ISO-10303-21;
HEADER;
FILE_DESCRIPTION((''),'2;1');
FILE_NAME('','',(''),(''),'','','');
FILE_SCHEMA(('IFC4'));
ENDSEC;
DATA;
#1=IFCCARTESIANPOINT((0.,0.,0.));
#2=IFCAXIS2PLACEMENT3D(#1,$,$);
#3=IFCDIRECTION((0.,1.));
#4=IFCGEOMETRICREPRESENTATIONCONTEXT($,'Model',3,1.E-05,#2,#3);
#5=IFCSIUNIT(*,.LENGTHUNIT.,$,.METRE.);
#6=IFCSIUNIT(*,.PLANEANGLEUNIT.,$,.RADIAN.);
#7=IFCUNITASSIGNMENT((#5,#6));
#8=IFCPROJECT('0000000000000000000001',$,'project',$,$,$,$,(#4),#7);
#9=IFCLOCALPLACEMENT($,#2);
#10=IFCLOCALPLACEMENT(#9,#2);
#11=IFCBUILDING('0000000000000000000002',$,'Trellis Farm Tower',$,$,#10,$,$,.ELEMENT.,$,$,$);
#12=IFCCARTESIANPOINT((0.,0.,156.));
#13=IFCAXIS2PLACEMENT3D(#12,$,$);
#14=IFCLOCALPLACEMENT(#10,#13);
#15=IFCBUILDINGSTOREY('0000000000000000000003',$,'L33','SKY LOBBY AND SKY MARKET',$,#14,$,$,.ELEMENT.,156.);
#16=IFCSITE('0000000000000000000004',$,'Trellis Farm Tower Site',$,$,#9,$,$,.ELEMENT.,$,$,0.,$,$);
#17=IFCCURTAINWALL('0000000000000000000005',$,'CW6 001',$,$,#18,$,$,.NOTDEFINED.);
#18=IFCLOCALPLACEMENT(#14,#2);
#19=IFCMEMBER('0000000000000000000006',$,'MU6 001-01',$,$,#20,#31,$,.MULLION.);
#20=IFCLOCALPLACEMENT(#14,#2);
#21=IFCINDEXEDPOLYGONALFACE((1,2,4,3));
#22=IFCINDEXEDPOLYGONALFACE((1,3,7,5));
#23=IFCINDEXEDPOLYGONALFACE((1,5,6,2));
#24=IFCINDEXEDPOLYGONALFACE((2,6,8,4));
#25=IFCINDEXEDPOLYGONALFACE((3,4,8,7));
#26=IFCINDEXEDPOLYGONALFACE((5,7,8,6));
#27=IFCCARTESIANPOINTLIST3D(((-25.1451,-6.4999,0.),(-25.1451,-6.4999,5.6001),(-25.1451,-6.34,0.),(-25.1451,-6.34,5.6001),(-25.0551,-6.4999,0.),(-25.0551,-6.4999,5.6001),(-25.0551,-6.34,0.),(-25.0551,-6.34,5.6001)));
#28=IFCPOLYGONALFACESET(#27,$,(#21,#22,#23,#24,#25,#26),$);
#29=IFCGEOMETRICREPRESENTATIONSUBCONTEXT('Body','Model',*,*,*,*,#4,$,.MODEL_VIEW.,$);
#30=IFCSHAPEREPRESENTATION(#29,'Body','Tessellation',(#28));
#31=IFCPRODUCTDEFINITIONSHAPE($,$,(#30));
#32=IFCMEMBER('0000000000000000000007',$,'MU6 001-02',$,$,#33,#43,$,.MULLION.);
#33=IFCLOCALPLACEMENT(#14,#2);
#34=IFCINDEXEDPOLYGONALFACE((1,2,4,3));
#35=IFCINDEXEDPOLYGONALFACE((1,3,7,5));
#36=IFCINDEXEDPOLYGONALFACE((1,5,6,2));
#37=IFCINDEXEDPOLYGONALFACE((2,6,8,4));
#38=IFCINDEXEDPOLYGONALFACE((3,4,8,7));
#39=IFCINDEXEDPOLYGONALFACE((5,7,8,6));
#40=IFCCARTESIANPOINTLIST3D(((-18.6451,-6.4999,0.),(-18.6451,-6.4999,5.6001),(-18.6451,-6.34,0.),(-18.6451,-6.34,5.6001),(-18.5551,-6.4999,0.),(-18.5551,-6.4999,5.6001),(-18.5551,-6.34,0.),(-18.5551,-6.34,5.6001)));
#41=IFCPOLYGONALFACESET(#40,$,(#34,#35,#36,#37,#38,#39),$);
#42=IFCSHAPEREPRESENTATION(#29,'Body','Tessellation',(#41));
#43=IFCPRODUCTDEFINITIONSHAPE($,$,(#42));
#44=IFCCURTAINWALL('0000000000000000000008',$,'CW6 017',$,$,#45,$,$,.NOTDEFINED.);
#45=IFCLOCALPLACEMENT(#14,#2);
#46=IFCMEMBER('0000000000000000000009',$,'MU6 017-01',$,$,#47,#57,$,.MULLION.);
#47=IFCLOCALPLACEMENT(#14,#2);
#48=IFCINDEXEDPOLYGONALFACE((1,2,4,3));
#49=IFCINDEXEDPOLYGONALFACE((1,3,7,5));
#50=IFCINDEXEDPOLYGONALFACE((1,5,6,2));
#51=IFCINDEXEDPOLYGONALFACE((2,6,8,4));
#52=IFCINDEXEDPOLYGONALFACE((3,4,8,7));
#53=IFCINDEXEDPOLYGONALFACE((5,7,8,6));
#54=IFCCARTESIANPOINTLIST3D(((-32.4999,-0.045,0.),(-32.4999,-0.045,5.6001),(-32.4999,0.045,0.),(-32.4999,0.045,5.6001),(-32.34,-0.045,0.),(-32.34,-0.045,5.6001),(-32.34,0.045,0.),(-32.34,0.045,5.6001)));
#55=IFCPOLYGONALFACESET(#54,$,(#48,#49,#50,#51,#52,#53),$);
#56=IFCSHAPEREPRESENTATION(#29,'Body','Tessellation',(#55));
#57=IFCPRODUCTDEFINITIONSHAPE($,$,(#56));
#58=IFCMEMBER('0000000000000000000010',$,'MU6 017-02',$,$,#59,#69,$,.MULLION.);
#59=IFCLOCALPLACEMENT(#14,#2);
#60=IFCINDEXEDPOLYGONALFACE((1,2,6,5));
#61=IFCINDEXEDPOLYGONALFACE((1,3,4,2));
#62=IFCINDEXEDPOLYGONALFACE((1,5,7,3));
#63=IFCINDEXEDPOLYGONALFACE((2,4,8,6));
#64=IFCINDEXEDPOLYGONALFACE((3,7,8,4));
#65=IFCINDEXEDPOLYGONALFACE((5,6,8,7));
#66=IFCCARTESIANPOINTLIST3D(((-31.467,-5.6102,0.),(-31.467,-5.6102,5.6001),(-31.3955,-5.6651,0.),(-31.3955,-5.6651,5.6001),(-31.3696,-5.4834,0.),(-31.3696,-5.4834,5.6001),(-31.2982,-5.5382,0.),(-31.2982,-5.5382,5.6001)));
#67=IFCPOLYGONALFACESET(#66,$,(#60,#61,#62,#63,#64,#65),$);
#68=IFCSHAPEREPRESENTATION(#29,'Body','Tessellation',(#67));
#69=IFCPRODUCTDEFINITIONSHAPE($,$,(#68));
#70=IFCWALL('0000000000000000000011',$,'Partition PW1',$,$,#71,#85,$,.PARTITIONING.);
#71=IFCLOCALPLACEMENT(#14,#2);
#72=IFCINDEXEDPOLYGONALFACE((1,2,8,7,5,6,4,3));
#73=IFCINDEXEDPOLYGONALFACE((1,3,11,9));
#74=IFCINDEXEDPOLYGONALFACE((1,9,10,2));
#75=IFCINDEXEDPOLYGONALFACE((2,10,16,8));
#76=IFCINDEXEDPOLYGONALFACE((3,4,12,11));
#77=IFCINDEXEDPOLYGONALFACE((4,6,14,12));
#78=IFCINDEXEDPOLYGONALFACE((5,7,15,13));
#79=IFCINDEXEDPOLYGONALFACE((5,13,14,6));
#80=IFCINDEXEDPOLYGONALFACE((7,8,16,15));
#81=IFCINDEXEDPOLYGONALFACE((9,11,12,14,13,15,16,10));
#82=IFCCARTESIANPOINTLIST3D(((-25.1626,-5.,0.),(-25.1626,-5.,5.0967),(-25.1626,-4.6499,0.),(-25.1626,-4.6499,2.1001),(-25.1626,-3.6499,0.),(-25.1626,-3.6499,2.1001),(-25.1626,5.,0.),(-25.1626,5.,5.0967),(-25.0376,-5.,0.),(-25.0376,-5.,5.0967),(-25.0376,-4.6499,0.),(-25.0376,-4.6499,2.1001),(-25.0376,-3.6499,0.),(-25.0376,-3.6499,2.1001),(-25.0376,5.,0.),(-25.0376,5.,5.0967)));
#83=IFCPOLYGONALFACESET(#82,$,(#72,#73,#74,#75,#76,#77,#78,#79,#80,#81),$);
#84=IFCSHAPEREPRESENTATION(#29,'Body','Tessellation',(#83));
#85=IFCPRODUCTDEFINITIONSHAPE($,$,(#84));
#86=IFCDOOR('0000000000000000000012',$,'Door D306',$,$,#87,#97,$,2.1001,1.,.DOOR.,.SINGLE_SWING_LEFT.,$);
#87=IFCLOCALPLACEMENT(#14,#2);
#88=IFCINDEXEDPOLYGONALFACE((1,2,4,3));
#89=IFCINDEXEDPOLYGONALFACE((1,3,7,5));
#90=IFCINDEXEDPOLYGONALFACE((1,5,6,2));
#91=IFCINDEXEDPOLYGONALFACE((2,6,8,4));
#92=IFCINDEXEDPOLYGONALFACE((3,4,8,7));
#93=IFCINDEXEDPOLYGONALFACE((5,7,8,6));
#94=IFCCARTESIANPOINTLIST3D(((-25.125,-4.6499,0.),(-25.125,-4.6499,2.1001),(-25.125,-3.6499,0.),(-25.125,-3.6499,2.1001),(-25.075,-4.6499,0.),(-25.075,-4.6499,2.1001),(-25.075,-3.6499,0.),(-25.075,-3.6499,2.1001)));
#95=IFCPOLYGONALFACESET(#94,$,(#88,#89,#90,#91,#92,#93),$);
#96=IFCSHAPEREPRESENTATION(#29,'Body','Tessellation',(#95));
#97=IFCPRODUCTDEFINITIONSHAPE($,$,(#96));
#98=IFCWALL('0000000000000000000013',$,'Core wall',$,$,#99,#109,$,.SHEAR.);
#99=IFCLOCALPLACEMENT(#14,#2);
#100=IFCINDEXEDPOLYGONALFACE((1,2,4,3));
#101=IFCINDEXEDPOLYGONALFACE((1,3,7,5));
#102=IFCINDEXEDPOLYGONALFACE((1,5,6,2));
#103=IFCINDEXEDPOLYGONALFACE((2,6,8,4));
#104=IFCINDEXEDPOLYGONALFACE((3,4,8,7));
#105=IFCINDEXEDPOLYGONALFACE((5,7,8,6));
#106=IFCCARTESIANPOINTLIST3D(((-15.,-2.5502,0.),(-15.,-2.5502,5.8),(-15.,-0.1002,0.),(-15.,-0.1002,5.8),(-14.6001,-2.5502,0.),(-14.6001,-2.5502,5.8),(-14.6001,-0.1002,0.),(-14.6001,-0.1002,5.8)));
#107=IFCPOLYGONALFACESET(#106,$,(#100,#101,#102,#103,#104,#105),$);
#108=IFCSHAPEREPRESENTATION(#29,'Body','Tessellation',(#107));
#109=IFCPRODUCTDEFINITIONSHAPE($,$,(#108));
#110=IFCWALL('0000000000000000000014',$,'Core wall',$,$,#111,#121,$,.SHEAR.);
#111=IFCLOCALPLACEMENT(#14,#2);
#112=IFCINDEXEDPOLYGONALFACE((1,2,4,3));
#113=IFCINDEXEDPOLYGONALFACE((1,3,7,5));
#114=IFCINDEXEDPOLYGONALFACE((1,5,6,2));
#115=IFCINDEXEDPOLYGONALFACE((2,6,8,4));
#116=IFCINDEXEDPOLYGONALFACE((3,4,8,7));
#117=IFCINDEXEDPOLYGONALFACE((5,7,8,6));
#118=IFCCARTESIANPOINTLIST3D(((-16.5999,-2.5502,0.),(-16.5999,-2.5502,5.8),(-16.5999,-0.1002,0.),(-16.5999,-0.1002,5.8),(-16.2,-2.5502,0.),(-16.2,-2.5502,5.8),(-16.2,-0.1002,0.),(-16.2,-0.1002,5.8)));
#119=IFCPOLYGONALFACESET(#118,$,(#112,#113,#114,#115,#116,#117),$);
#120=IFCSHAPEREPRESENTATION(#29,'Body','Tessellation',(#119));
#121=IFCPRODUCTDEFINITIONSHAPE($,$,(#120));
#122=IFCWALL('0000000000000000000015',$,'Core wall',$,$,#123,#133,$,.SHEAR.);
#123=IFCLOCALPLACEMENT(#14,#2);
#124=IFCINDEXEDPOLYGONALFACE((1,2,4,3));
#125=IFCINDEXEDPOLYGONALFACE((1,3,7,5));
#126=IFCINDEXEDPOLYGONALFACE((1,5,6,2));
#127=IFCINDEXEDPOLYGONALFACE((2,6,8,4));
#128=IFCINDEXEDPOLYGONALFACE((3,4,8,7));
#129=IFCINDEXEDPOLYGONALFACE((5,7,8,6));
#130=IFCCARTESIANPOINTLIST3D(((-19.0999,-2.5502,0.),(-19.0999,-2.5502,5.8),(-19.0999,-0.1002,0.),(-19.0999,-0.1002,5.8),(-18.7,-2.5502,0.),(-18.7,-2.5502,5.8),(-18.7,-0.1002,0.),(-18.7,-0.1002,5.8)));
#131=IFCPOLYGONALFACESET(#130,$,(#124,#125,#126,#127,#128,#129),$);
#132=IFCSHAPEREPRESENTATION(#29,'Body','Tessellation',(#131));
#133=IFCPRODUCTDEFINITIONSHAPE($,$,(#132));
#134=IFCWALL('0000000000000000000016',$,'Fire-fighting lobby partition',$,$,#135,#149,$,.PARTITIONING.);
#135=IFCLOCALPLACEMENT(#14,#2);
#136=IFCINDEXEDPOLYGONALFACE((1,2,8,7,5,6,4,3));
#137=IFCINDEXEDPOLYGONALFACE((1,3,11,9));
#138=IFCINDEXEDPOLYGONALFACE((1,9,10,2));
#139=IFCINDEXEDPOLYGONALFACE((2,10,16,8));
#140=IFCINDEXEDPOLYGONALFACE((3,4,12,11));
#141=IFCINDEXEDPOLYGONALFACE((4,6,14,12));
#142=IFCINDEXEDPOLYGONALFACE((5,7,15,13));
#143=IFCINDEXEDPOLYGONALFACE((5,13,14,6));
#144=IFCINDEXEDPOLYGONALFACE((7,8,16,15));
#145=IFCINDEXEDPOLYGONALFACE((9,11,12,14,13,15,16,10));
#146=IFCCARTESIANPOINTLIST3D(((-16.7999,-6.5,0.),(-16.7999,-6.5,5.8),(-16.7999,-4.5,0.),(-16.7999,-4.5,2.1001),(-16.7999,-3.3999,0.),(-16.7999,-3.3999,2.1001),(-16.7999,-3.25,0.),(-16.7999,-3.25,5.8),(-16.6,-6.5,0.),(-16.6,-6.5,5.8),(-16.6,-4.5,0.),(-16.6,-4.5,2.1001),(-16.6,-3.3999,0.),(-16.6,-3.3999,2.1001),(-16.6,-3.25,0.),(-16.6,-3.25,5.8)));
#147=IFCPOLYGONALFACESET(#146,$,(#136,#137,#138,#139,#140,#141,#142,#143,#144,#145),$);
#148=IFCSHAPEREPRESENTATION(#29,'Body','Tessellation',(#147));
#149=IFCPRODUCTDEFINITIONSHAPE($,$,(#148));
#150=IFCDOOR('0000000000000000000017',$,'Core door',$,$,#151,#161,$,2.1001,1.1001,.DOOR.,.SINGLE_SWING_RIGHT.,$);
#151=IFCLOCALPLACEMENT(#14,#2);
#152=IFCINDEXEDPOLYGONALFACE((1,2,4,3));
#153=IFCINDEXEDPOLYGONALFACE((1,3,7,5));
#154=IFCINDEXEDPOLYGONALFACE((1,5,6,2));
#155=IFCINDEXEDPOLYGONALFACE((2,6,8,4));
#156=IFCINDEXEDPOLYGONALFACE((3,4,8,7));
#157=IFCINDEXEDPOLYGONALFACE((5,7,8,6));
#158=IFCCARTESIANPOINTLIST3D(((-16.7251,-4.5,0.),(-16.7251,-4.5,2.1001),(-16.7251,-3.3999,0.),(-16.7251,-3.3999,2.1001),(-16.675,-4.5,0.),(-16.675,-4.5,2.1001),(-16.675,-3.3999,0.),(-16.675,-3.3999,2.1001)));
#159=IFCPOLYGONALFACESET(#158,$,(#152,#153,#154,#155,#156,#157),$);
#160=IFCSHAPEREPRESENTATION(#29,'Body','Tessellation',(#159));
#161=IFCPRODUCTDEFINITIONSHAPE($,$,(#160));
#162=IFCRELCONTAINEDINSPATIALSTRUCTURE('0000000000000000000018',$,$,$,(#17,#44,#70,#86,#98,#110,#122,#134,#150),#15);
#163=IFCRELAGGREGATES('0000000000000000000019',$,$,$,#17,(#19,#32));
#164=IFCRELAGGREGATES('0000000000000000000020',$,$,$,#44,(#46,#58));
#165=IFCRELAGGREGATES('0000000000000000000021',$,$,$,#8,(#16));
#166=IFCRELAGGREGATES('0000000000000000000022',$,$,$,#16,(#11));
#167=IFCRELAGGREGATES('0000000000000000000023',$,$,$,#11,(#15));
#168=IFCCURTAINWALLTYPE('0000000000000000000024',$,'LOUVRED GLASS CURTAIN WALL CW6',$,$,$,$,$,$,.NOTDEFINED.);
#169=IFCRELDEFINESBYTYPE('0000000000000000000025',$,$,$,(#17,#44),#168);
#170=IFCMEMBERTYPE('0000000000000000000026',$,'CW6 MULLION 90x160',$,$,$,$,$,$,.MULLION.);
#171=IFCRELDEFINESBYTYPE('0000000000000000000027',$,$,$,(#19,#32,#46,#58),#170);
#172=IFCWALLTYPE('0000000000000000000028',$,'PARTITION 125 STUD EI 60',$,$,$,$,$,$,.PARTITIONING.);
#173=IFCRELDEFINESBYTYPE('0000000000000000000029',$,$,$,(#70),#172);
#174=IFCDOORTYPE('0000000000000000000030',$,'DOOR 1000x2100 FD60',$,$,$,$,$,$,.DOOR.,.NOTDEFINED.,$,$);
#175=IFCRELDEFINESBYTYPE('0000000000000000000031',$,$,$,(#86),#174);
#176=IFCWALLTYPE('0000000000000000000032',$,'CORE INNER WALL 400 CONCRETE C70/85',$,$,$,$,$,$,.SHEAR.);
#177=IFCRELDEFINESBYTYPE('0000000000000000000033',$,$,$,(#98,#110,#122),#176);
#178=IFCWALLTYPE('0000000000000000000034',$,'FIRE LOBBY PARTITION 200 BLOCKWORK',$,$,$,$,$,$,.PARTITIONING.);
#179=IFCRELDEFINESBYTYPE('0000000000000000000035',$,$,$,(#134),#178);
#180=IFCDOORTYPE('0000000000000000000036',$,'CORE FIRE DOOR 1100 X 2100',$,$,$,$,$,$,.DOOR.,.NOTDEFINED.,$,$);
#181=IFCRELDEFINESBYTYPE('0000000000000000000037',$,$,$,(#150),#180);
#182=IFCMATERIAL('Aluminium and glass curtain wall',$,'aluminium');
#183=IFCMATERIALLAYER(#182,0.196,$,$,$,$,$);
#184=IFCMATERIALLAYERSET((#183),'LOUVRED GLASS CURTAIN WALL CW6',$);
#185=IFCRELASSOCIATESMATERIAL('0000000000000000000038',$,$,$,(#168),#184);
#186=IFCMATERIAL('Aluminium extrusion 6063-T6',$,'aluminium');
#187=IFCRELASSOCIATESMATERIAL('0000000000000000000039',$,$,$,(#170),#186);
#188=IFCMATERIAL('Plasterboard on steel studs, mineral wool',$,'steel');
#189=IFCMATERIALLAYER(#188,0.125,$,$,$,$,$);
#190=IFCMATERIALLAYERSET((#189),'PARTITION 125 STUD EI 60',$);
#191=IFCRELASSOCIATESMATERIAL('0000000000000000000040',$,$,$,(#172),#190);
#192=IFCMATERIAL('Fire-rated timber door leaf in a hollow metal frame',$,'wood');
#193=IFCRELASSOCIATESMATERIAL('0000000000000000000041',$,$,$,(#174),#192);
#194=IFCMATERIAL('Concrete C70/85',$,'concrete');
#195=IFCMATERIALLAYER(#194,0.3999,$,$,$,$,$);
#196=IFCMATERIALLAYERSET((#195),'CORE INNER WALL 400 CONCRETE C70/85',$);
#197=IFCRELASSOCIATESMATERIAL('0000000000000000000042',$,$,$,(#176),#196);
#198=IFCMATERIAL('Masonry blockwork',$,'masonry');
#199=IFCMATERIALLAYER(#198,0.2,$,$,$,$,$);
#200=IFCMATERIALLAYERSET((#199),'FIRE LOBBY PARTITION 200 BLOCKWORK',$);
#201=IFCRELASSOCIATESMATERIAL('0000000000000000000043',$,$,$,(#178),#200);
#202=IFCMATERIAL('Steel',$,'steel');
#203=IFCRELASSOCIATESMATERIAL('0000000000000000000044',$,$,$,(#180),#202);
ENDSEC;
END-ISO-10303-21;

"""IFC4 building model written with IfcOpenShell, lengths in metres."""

from ifc_helpers import new_model, si_unit, direction, frame, frame_2d, origin, origin_2d, place, context, subcontext, project, spatial, rectangle, extrude, source, transform, mapped, material, layer, layer_set, material_profile, profile_set, type_object, element, fill, aggregate, save


model = new_model("IFC4")

# Units and contexts
model_context = context("Model", 3, precision=1e-05, world=origin(), true_north=direction((0.0, 1.0)))
body_context = subcontext(model_context, "Body", "Model", "MODEL_VIEW")
ifc_project = project(units=[si_unit("LENGTHUNIT", "METRE"), si_unit("PLANEANGLEUNIT", "RADIAN")], contexts=[model_context])

# Site, building, storey
site_placement = place(None, origin())
site = spatial("IfcSite", under=ifc_project, at=site_placement, Name="Trellis Farm Tower Site", CompositionType="ELEMENT", RefElevation=0.0)
building_placement = place(site_placement, origin())
building = spatial("IfcBuilding", under=site, at=building_placement, Name="Trellis Farm Tower", CompositionType="ELEMENT")
storey_placement = place(building_placement, frame((0.0, 0.0, 156.0)))
storey = spatial("IfcBuildingStorey", under=building, at=storey_placement, Name="L33", Description="SKY LOBBY AND SKY MARKET", CompositionType="ELEMENT", Elevation=156.0)

# Shared definitions
ifc_material_1 = material(Name="Concrete C70/85", Category="concrete")

# Curtain walls, members
ifc_material_2 = material(Name="Aluminium and glass curtain wall", Category="aluminium")
ifc_layer_1 = layer(ifc_material_2, 0.196)
ifc_layer_set_1 = layer_set([ifc_layer_1], Name="LOUVRED GLASS CURTAIN WALL CW6")
curtain_wall_type = type_object("IfcCurtainWallType", Name="LOUVRED GLASS CURTAIN WALL CW6", PredefinedType="NOTDEFINED", material=ifc_layer_set_1)
placement = place(storey_placement, origin())
curtain_wall_1 = element("IfcCurtainWall", 1, at=placement, inside=storey, type_object=curtain_wall_type, Name="CW6 001", PredefinedType="NOTDEFINED")
ifc_material_3 = material(Name="Aluminium extrusion 6063-T6", Category="aluminium")
ifc_material_profile_1 = material_profile(ifc_material_3, rectangle(XDim=0.0901, YDim=0.1599, at=origin_2d()), Name="MULLION 90x160")
ifc_profile_set_1 = profile_set([ifc_material_profile_1], Name="Aluminium extrusion 6063-T6")
member_type = type_object("IfcMemberType", Name="CW6 MULLION 90x160", PredefinedType="MULLION", material=ifc_profile_set_1)
shared_shape_1 = source(origin(), body_context, "Body", "SweptSolid", [
    extrude(rectangle(XDim=0.0901, YDim=0.1599, at=origin_2d()), origin(), (0.0, 0.0, 1.0), 5.6001),
])
member_1_placement = place(storey_placement, frame((-25.1001, -6.4199, 0.0), z_axis=(0.0, 0.0, 1.0), x_axis=(1.0, 0.0, 0.0)))
member_1 = element("IfcMember", 2, at=member_1_placement, type_object=member_type, Name="MU6 001-01", PredefinedType="MULLION", context=body_context, shape_type="MappedRepresentation", body=[
    mapped(shared_shape_1, transform((0.0, 0.0, 0.0))),
])
member_2_placement = place(storey_placement, frame((-18.6001, -6.4199, 0.0), z_axis=(0.0, 0.0, 1.0), x_axis=(1.0, 0.0, 0.0)))
member_2 = element("IfcMember", 3, at=member_2_placement, type_object=member_type, Name="MU6 001-02", PredefinedType="MULLION", context=body_context, shape_type="MappedRepresentation", body=[
    mapped(shared_shape_1, transform((0.0, 0.0, 0.0))),
])
aggregate(curtain_wall_1, [member_1, member_2])
curtain_wall_2 = element("IfcCurtainWall", 4, at=placement, inside=storey, type_object=curtain_wall_type, Name="CW6 017", PredefinedType="NOTDEFINED")
member_3_placement = place(storey_placement, frame((-32.4199, 0.0, 0.0), z_axis=(0.0, 0.0, 1.0), x_axis=(0.0, -1.0, 0.0)))
member_3 = element("IfcMember", 5, at=member_3_placement, type_object=member_type, Name="MU6 017-01", PredefinedType="MULLION", context=body_context, shape_type="MappedRepresentation", body=[
    mapped(shared_shape_1, transform((0.0, 0.0, 0.0))),
])
member_4_placement = place(storey_placement, frame((-31.3826, -5.5742, 0.0), z_axis=(0.0, 0.0, 1.0), x_axis=(0.793353, -0.608761, 0.0)))
member_4 = element("IfcMember", 6, at=member_4_placement, type_object=member_type, Name="MU6 017-02", PredefinedType="MULLION", context=body_context, shape_type="MappedRepresentation", body=[
    mapped(shared_shape_1, transform((0.0, 0.0, 0.0))),
])
aggregate(curtain_wall_2, [member_3, member_4])

# Wall, opening, door
ifc_material_4 = material(Name="Plasterboard on steel studs, mineral wool", Category="steel")
ifc_layer_2 = layer(ifc_material_4, 0.125)
ifc_layer_set_2 = layer_set([ifc_layer_2], Name="PARTITION 125 STUD EI 60")
wall_type_1 = type_object("IfcWallType", Name="PARTITION 125 STUD EI 60", PredefinedType="PARTITIONING", material=ifc_layer_set_2)
wall_1_placement = place(storey_placement, frame((-25.1001, -5.0, 0.0), z_axis=(0.0, 0.0, 1.0), x_axis=(0.0, 1.0, 0.0)))
wall_1 = element("IfcWall", 7, at=wall_1_placement, inside=storey, type_object=wall_type_1, Name="Partition PW1", PredefinedType="PARTITIONING", context=body_context, shape_type="SweptSolid", body=[
    extrude(rectangle(XDim=10.0, YDim=0.125, at=frame_2d((5.0, 0.0))), origin(), (0.0, 0.0, 1.0), 5.0967),
])
shared_shape_2 = source(origin(), body_context, "Body", "SweptSolid", [
    extrude(rectangle(XDim=1.0, YDim=2.1001, at=frame_2d((0.5, 1.05))), frame((0.0, 0.0725, 0.0), z_axis=(0.0, -1.0, 0.0), x_axis=(1.0, 0.0, 0.0)), (0.0, 0.0, 1.0), 0.145),
])
opening_1_placement = place(wall_1_placement, frame((0.3501, 0.0, 0.0)))
opening_1 = element("IfcOpeningElement", 8, at=opening_1_placement, cuts=wall_1, PredefinedType="OPENING", context=body_context, shape_type="MappedRepresentation", body=[
    mapped(shared_shape_2, transform((0.0, 0.0, 0.0))),
])
ifc_material_5 = material(Name="Fire-rated timber door leaf in a hollow metal frame", Category="wood")
door_type_1 = type_object("IfcDoorType", Name="DOOR 1000x2100 FD60", OperationType="NOTDEFINED", PredefinedType="DOOR", material=ifc_material_5)
shared_shape_3 = source(origin(), body_context, "Body", "SweptSolid", [
    extrude(rectangle(XDim=1.0, YDim=2.1001, at=frame_2d((0.5, 1.05))), frame((0.0, 0.0249, 0.0), z_axis=(0.0, -1.0, 0.0), x_axis=(1.0, 0.0, 0.0)), (0.0, 0.0, 1.0), 0.05),
])
door_1_placement = place(opening_1_placement, origin())
door_1 = element("IfcDoor", 9, at=door_1_placement, inside=storey, type_object=door_type_1, Name="Door D306", OperationType="SINGLE_SWING_LEFT", OverallHeight=2.1001, OverallWidth=1.0, PredefinedType="DOOR", context=body_context, shape_type="MappedRepresentation", body=[
    mapped(shared_shape_3, transform((0.0, 0.0, 0.0))),
])
fill(opening_1, door_1)

# Walls
ifc_layer_3 = layer(ifc_material_1, 0.3999)
ifc_layer_set_3 = layer_set([ifc_layer_3], Name="CORE INNER WALL 400 CONCRETE C70/85")
wall_type_2 = type_object("IfcWallType", Name="CORE INNER WALL 400 CONCRETE C70/85", PredefinedType="SHEAR", material=ifc_layer_set_3)
shared_shape_4 = source(origin(), body_context, "Body", "SweptSolid", [
    extrude(rectangle(XDim=2.45, YDim=0.3999, at=frame_2d((1.2251, 0.0))), origin(), (0.0, 0.0, 1.0), 5.8),
])
for number, where, z_axis, x_axis, name in (
    (10, (-14.8, -0.1001, 0.0), (0.0, 0.0, 1.0), (0.0, -1.0, 0.0), "Core wall"),
    (11, (-16.3999, -0.1001, 0.0), (0.0, 0.0, 1.0), (0.0, -1.0, 0.0), "Core wall"),
    (12, (-18.8999, -0.1001, 0.0), (0.0, 0.0, 1.0), (0.0, -1.0, 0.0), "Core wall"),
):
    element("IfcWall", number, at=place(storey_placement, frame(where, z_axis=z_axis, x_axis=x_axis)), inside=storey, type_object=wall_type_2, Name=name, PredefinedType="SHEAR", context=body_context, shape_type="MappedRepresentation", body=[
        mapped(shared_shape_4, transform((0.0, 0.0, 0.0))),
    ])

# Wall, opening, door
ifc_material_6 = material(Name="Masonry blockwork", Category="masonry")
ifc_layer_4 = layer(ifc_material_6, 0.2)
ifc_layer_set_4 = layer_set([ifc_layer_4], Name="FIRE LOBBY PARTITION 200 BLOCKWORK")
wall_type_3 = type_object("IfcWallType", Name="FIRE LOBBY PARTITION 200 BLOCKWORK", PredefinedType="PARTITIONING", material=ifc_layer_set_4)
shared_shape_5 = source(origin(), body_context, "Body", "SweptSolid", [
    extrude(rectangle(XDim=3.25, YDim=0.2, at=frame_2d((1.625, 0.0))), origin(), (0.0, 0.0, 1.0), 5.8),
])
wall_2_placement = place(storey_placement, frame((-16.7, -3.25, 0.0), z_axis=(0.0, 0.0, 1.0), x_axis=(0.0, -1.0, 0.0)))
wall_2 = element("IfcWall", 13, at=wall_2_placement, inside=storey, type_object=wall_type_3, Name="Fire-fighting lobby partition", PredefinedType="PARTITIONING", context=body_context, shape_type="MappedRepresentation", body=[
    mapped(shared_shape_5, transform((0.0, 0.0, 0.0))),
])
shared_shape_6 = source(origin(), body_context, "Body", "SweptSolid", [
    extrude(rectangle(XDim=1.1001, YDim=2.1001, at=frame_2d((0.55, 1.05))), frame((0.0, 0.1101, 0.0), z_axis=(0.0, -1.0, 0.0), x_axis=(1.0, 0.0, 0.0)), (0.0, 0.0, 1.0), 0.2202),
])
opening_2_placement = place(wall_2_placement, frame((0.1499, 0.0, 0.0)))
opening_2 = element("IfcOpeningElement", 14, at=opening_2_placement, cuts=wall_2, PredefinedType="OPENING", context=body_context, shape_type="MappedRepresentation", body=[
    mapped(shared_shape_6, transform((0.0, 0.0, 0.0))),
])
ifc_material_7 = material(Name="Steel", Category="steel")
door_type_2 = type_object("IfcDoorType", Name="CORE FIRE DOOR 1100 X 2100", OperationType="NOTDEFINED", PredefinedType="DOOR", material=ifc_material_7)
shared_shape_7 = source(origin(), body_context, "Body", "SweptSolid", [
    extrude(rectangle(XDim=1.1001, YDim=2.1001, at=frame_2d((0.55, 1.05))), frame((0.0, 0.0249, 0.0), z_axis=(0.0, -1.0, 0.0), x_axis=(1.0, 0.0, 0.0)), (0.0, 0.0, 1.0), 0.05),
])
door_2_placement = place(opening_2_placement, origin())
door_2 = element("IfcDoor", 15, at=door_2_placement, inside=storey, type_object=door_type_2, Name="Core door", OperationType="SINGLE_SWING_RIGHT", OverallHeight=2.1001, OverallWidth=1.1001, PredefinedType="DOOR", context=body_context, shape_type="MappedRepresentation", body=[
    mapped(shared_shape_7, transform((0.0, 0.0, 0.0))),
])
fill(opening_2, door_2)

save(model, "model.ifc")
